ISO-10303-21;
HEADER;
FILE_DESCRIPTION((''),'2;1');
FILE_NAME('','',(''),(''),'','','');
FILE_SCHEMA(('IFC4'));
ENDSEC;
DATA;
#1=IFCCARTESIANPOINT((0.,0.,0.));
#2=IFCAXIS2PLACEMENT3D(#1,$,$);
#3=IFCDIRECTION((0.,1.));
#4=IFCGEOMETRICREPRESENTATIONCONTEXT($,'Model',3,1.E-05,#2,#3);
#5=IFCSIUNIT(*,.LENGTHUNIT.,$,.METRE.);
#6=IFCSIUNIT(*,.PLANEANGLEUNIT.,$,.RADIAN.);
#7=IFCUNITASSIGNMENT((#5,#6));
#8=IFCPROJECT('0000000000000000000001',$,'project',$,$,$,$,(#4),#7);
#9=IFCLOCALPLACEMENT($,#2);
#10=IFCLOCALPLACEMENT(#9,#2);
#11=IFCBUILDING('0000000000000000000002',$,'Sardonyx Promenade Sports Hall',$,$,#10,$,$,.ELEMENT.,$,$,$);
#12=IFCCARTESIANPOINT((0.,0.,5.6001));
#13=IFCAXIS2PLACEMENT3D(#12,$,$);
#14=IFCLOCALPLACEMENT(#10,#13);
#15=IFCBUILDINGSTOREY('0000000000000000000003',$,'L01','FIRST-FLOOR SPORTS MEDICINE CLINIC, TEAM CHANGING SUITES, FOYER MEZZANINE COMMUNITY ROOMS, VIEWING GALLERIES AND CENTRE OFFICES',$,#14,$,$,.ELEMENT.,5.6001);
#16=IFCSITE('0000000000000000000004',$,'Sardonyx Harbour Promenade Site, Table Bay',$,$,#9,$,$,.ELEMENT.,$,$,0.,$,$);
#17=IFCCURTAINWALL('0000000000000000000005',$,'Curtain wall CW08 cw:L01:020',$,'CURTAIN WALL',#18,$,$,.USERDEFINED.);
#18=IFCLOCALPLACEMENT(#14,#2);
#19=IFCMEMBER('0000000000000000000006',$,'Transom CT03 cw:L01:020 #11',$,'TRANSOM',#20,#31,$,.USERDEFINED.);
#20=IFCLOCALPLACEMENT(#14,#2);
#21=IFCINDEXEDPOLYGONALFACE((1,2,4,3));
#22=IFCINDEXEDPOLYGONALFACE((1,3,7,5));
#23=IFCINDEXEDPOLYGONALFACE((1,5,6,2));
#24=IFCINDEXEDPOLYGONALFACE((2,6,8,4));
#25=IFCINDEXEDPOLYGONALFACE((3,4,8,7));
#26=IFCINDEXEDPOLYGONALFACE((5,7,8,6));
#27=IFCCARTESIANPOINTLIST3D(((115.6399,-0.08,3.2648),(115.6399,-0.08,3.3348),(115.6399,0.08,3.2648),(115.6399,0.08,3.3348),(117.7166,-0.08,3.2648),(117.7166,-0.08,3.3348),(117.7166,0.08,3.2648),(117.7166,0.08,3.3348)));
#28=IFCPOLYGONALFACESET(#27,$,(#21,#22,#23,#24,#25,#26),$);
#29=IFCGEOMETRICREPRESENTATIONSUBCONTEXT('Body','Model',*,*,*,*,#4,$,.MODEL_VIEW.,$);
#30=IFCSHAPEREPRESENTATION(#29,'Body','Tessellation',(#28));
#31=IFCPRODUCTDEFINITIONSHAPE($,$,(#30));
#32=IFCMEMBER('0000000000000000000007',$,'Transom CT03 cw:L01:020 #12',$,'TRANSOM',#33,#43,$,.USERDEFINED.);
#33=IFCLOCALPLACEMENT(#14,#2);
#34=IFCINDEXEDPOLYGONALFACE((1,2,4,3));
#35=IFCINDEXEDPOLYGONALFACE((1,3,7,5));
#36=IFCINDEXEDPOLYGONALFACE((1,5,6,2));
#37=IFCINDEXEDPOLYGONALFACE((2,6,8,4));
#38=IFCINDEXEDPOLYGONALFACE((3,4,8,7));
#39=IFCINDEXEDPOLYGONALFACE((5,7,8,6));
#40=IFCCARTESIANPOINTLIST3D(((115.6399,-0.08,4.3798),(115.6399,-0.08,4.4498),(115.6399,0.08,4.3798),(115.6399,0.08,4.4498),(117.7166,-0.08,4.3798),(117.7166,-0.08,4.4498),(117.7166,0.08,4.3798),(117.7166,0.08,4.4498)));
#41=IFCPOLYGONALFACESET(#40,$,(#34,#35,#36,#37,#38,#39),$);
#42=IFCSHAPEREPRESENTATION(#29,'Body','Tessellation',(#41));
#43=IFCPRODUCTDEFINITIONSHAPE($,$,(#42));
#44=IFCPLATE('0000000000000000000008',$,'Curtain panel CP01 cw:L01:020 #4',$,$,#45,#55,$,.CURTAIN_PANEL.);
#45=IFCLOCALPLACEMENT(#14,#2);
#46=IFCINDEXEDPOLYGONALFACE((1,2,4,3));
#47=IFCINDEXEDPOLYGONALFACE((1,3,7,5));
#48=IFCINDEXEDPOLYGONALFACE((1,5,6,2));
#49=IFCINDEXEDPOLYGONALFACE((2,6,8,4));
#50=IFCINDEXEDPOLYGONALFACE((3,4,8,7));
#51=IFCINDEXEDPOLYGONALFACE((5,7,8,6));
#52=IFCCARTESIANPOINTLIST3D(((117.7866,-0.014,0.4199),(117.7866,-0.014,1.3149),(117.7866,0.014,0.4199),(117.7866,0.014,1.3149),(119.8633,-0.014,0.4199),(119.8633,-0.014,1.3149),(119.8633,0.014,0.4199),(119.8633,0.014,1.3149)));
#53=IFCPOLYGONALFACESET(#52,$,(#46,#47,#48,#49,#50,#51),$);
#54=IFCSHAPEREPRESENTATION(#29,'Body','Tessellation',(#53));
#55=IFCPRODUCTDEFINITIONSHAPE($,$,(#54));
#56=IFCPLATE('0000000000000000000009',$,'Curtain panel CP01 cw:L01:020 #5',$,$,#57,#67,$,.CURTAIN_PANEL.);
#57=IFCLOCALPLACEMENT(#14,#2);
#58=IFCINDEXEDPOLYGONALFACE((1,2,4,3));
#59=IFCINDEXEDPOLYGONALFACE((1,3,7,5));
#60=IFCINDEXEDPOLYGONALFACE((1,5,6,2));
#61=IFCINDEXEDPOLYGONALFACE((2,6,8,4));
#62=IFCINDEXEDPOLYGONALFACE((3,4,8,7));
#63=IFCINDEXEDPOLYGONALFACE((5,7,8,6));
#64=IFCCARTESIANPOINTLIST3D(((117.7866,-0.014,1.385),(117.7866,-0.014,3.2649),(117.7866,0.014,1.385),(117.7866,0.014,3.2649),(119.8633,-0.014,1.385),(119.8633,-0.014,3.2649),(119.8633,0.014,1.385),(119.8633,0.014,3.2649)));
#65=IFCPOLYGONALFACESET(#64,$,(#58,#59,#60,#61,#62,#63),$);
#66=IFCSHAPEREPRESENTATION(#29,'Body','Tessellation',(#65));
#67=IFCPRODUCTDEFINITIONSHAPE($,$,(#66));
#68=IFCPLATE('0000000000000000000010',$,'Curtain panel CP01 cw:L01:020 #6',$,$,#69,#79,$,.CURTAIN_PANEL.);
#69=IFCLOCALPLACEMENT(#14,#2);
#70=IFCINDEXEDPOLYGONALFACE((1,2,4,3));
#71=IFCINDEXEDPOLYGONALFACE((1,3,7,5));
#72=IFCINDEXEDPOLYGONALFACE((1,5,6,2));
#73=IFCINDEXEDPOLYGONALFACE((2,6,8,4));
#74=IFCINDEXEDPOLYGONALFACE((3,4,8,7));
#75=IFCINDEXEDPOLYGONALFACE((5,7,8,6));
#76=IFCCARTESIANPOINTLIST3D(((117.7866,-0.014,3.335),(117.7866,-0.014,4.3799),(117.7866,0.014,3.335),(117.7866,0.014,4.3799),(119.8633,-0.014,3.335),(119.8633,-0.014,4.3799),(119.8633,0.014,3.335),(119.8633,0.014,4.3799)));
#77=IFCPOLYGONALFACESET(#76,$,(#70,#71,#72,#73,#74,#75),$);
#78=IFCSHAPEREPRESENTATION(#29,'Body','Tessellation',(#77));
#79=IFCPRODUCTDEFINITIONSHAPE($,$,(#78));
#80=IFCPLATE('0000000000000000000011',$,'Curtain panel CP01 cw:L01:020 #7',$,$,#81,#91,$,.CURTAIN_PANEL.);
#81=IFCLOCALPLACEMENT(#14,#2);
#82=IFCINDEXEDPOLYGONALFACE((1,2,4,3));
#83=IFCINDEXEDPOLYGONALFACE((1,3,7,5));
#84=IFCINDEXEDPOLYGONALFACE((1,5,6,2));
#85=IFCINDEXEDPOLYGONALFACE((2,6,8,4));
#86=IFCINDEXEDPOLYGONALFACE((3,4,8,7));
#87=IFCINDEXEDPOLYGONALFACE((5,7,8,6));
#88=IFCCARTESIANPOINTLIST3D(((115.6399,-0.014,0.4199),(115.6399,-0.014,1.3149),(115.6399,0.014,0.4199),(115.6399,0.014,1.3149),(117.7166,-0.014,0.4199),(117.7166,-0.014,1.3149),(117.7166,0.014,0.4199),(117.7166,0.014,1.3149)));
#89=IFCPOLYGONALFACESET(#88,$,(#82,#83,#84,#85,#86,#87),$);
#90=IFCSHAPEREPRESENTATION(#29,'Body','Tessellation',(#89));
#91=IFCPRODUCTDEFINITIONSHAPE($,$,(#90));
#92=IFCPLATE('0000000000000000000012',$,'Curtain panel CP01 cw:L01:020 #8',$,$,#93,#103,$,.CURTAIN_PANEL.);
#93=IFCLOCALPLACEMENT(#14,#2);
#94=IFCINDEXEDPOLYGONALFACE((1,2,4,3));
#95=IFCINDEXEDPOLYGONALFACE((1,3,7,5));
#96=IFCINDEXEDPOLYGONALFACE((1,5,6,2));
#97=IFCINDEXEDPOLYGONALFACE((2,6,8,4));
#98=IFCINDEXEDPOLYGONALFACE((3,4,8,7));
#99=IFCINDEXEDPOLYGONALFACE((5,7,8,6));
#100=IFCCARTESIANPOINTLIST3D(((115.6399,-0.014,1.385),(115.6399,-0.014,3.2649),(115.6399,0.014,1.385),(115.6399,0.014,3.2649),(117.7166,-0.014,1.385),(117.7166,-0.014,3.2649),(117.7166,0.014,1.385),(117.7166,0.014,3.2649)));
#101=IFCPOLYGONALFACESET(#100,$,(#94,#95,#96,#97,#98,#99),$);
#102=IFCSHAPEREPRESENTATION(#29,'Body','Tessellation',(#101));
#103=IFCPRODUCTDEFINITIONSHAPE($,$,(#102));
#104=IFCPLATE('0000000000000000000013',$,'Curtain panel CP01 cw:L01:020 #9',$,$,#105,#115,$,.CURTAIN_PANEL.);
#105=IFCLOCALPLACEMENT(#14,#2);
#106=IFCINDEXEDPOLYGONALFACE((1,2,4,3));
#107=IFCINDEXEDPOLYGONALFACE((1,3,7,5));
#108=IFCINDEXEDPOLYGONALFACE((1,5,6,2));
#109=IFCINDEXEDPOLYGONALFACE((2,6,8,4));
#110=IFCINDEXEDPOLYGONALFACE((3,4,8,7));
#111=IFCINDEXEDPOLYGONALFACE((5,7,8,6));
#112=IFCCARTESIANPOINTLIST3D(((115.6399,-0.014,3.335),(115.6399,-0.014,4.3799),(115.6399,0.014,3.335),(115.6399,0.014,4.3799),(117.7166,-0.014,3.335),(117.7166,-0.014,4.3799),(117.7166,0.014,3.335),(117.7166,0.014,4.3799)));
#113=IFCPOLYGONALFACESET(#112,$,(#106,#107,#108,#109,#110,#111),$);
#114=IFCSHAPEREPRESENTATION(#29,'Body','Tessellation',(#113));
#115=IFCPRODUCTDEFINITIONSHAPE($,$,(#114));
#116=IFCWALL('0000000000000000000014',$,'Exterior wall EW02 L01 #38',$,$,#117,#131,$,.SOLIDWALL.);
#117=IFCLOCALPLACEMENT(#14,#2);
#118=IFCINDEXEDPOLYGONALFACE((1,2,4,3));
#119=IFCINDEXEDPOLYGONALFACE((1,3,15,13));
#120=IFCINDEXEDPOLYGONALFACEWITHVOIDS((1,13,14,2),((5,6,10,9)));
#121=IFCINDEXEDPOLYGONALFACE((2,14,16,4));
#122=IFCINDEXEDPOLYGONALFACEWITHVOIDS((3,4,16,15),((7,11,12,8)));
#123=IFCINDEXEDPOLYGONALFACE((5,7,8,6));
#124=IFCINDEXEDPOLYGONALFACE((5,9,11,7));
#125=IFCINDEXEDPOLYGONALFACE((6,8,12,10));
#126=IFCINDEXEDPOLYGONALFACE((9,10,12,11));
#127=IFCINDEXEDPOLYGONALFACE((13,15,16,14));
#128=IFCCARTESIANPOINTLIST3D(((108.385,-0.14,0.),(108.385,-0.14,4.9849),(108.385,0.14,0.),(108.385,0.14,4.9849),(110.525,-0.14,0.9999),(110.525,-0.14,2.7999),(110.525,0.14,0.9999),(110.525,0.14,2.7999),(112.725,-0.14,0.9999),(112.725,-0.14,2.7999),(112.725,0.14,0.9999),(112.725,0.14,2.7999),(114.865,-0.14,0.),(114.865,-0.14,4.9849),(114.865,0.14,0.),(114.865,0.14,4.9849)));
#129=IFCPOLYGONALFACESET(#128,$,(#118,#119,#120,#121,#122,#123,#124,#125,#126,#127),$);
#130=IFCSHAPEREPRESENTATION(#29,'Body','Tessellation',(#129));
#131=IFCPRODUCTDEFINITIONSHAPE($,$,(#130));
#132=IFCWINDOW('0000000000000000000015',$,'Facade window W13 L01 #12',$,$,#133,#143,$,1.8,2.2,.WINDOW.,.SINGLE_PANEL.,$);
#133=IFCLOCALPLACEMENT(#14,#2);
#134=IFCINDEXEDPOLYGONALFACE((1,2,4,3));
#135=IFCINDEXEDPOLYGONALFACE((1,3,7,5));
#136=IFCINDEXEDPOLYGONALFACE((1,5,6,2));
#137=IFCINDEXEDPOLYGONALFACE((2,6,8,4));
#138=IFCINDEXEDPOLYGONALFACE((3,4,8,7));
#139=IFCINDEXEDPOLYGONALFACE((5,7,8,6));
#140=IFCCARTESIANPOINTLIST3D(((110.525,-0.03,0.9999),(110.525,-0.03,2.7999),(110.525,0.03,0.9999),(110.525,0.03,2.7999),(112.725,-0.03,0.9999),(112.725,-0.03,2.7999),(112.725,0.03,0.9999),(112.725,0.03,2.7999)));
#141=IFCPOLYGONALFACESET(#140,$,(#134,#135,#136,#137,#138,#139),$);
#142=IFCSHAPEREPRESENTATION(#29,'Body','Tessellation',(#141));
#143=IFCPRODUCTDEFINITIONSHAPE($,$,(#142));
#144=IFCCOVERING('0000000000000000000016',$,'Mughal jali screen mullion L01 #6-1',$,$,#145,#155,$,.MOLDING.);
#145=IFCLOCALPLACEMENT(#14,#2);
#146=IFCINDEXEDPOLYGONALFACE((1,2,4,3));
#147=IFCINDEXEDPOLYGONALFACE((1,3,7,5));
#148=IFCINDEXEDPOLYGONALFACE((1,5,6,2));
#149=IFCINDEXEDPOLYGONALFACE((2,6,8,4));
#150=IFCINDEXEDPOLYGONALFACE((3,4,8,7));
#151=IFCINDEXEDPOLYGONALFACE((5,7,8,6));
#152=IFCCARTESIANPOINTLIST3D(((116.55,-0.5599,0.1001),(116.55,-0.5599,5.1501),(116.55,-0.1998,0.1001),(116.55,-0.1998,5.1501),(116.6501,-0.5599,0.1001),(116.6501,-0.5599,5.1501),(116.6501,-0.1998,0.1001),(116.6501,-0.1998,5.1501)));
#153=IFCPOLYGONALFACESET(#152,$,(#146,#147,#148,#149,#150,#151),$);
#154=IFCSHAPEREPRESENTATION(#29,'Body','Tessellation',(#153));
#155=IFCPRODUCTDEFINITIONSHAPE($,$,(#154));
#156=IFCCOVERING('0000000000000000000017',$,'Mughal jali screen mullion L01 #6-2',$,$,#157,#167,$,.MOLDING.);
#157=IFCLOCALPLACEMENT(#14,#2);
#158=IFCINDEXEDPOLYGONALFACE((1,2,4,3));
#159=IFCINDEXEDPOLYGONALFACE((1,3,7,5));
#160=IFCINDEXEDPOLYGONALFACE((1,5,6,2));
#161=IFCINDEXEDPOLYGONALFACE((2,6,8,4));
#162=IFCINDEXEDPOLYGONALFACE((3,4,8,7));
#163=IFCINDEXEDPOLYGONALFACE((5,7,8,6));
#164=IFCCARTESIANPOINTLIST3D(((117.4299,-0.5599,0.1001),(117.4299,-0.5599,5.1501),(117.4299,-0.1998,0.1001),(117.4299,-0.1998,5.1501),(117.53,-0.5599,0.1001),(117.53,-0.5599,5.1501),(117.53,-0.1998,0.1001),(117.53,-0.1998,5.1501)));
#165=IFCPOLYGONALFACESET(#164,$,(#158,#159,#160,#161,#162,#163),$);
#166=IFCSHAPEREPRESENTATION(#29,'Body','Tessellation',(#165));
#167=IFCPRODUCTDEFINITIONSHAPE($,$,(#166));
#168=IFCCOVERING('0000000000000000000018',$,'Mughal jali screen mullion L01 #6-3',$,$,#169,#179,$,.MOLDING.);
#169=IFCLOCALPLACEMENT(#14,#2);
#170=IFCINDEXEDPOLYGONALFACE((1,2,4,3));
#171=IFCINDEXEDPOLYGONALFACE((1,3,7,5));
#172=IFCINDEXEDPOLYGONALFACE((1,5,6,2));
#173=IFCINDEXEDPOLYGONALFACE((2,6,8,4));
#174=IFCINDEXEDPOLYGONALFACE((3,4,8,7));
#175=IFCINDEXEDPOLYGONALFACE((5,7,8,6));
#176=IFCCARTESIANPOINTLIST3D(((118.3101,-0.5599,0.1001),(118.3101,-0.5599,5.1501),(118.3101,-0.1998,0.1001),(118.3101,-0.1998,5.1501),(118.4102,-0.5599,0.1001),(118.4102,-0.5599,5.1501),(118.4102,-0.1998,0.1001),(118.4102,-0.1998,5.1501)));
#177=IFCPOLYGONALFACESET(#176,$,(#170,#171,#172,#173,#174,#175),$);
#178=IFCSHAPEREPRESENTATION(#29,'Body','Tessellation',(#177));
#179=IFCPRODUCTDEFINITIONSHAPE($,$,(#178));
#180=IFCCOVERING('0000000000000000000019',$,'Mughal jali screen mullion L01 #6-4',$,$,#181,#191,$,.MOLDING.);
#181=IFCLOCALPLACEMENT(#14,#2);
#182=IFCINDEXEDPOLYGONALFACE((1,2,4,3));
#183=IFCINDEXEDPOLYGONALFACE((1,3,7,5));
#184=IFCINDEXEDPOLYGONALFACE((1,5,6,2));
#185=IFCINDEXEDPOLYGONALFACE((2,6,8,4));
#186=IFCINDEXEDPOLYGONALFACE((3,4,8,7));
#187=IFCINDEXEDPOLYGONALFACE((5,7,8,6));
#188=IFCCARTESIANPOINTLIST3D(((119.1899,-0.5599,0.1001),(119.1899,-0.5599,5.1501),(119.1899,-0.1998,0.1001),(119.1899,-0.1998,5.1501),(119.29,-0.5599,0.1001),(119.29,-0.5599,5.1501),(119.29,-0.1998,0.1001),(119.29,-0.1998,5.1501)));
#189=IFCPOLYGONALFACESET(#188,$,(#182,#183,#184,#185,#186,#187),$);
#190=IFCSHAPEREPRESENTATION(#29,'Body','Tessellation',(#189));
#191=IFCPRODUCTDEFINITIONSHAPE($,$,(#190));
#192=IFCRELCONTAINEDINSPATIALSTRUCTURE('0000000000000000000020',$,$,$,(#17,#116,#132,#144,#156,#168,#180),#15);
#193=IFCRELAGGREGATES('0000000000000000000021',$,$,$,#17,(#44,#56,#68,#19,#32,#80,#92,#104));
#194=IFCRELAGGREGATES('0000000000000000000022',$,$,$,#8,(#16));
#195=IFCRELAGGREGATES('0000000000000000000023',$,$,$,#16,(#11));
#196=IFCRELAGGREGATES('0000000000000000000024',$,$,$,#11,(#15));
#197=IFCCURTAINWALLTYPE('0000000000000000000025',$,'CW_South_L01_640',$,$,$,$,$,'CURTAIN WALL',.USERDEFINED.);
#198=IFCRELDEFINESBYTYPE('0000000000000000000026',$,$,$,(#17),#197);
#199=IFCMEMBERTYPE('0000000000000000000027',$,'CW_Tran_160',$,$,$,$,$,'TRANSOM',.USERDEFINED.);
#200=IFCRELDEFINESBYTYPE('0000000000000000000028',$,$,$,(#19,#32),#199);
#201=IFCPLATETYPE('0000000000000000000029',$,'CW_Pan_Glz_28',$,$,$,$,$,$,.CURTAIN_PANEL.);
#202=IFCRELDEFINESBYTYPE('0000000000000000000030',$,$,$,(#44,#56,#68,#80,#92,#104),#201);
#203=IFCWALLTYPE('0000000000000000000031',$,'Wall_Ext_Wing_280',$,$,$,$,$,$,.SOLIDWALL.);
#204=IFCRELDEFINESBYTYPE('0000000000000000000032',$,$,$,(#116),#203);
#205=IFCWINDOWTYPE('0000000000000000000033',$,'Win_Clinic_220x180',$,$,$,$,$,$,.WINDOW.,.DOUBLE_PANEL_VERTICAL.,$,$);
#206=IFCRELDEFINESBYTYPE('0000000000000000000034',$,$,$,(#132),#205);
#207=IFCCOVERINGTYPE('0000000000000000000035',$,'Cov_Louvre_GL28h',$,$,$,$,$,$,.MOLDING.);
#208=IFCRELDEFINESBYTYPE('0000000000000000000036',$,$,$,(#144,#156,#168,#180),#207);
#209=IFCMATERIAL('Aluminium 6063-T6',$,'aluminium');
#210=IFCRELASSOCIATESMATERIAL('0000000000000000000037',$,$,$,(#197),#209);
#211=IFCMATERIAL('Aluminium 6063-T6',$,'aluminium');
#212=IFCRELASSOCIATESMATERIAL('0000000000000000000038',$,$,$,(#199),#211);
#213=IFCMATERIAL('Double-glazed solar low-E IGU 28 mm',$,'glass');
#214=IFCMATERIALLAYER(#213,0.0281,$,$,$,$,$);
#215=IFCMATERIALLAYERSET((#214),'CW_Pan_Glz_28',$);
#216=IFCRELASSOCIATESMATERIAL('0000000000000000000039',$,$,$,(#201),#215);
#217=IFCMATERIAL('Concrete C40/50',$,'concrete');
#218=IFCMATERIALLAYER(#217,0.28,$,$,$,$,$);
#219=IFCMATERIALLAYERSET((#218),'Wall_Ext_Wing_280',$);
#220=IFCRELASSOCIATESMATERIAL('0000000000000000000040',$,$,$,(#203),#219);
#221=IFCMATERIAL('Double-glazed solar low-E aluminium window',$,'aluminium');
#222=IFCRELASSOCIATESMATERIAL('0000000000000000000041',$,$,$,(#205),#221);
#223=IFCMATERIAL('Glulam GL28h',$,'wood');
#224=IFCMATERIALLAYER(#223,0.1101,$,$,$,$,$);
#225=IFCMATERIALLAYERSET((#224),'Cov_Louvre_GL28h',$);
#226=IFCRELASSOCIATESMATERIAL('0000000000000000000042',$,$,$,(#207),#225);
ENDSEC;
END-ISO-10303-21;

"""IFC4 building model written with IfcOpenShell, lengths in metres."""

from ifc_helpers import new_model, si_unit, direction, frame, frame_2d, origin, origin_2d, place, context, subcontext, project, spatial, rectangle, extrude, material, layer, layer_set, material_profile, profile_set, type_object, element, fill, aggregate, save


model = new_model("IFC4")

# Units and contexts
model_context = context("Model", 3, precision=1e-05, world=origin(), true_north=direction((0.0, 1.0)))
body_context = subcontext(model_context, "Body", "Model", "MODEL_VIEW")
ifc_project = project(units=[si_unit("LENGTHUNIT", "METRE"), si_unit("PLANEANGLEUNIT", "RADIAN")], contexts=[model_context])

# Site, building, storey
site_placement = place(None, origin())
site = spatial("IfcSite", under=ifc_project, at=site_placement, Name="Sardonyx Harbour Promenade Site, Table Bay", CompositionType="ELEMENT", RefElevation=0.0)
building_placement = place(site_placement, origin())
building = spatial("IfcBuilding", under=site, at=building_placement, Name="Sardonyx Promenade Sports Hall", CompositionType="ELEMENT")
storey_placement = place(building_placement, frame((0.0, 0.0, 5.6001)))
storey = spatial("IfcBuildingStorey", under=building, at=storey_placement, Name="L01", Description="FIRST-FLOOR SPORTS MEDICINE CLINIC, TEAM CHANGING SUITES, FOYER MEZZANINE COMMUNITY ROOMS, VIEWING GALLERIES AND CENTRE OFFICES", CompositionType="ELEMENT", Elevation=5.6001)

# Curtain wall, members, plates
ifc_material_1 = material(Name="Aluminium 6063-T6", Category="aluminium")
curtain_wall_type = type_object("IfcCurtainWallType", Name="CW_South_L01_640", ElementType="CURTAIN WALL", PredefinedType="USERDEFINED", material=ifc_material_1)
curtain_wall_placement = place(storey_placement, origin())
curtain_wall = element("IfcCurtainWall", 1, at=curtain_wall_placement, inside=storey, type_object=curtain_wall_type, Name="Curtain wall CW08 cw:L01:020", ObjectType="CURTAIN WALL", PredefinedType="USERDEFINED")
ifc_material_2 = material(Name="Aluminium 6063-T6", Category="aluminium")
ifc_material_profile_1 = material_profile(ifc_material_2, rectangle(XDim=0.0701, YDim=0.1599, at=origin_2d()))
ifc_profile_set_1 = profile_set([ifc_material_profile_1], Name="Aluminium 6063-T6")
member_type_1 = type_object("IfcMemberType", Name="CW_Tran_160", ElementType="TRANSOM", PredefinedType="USERDEFINED", material=ifc_profile_set_1)
member_1_placement = place(storey_placement, frame((117.7166, 0.0, 3.2998), z_axis=(-1.0, 0.0, 0.0), x_axis=(0.0, 0.0, 1.0)))
member_1 = element("IfcMember", 2, at=member_1_placement, type_object=member_type_1, Name="Transom CT03 cw:L01:020 #11", ObjectType="TRANSOM", PredefinedType="USERDEFINED", context=body_context, shape_type="SweptSolid", body=[
    extrude(rectangle(XDim=0.0701, YDim=0.1599, at=origin_2d()), origin(), (0.0, 0.0, 1.0), 2.0767),
])
member_2_placement = place(storey_placement, frame((117.7166, 0.0, 4.4148), z_axis=(-1.0, 0.0, 0.0), x_axis=(0.0, 0.0, 1.0)))
member_2 = element("IfcMember", 3, at=member_2_placement, type_object=member_type_1, Name="Transom CT03 cw:L01:020 #12", ObjectType="TRANSOM", PredefinedType="USERDEFINED", context=body_context, shape_type="SweptSolid", body=[
    extrude(rectangle(XDim=0.0701, YDim=0.1599, at=origin_2d()), origin(), (0.0, 0.0, 1.0), 2.0767),
])
ifc_material_3 = material(Name="Double-glazed solar low-E IGU 28 mm", Category="glass")
ifc_layer_1 = layer(ifc_material_3, 0.0281)
ifc_layer_set_1 = layer_set([ifc_layer_1], Name="CW_Pan_Glz_28")
plate_type = type_object("IfcPlateType", Name="CW_Pan_Glz_28", PredefinedType="CURTAIN_PANEL", material=ifc_layer_set_1)
plate_1_placement = place(storey_placement, frame((118.825, 0.0, 0.4199), z_axis=(0.0, 0.0, 1.0), x_axis=(-1.0, 0.0, 0.0)))
plate_1 = element("IfcPlate", 4, at=plate_1_placement, type_object=plate_type, Name="Curtain panel CP01 cw:L01:020 #4", PredefinedType="CURTAIN_PANEL", context=body_context, shape_type="SweptSolid", body=[
    extrude(rectangle(XDim=2.0767, YDim=0.0281, at=origin_2d()), origin(), (0.0, 0.0, 1.0), 0.895),
])
plate_2_placement = place(storey_placement, frame((118.825, 0.0, 1.385), z_axis=(0.0, 0.0, 1.0), x_axis=(-1.0, 0.0, 0.0)))
plate_2 = element("IfcPlate", 5, at=plate_2_placement, type_object=plate_type, Name="Curtain panel CP01 cw:L01:020 #5", PredefinedType="CURTAIN_PANEL", context=body_context, shape_type="SweptSolid", body=[
    extrude(rectangle(XDim=2.0767, YDim=0.0281, at=origin_2d()), origin(), (0.0, 0.0, 1.0), 1.8799),
])
plate_3_placement = place(storey_placement, frame((118.825, 0.0, 3.335), z_axis=(0.0, 0.0, 1.0), x_axis=(-1.0, 0.0, 0.0)))
plate_3 = element("IfcPlate", 6, at=plate_3_placement, type_object=plate_type, Name="Curtain panel CP01 cw:L01:020 #6", PredefinedType="CURTAIN_PANEL", context=body_context, shape_type="SweptSolid", body=[
    extrude(rectangle(XDim=2.0767, YDim=0.0281, at=origin_2d()), origin(), (0.0, 0.0, 1.0), 1.0449),
])
plate_4_placement = place(storey_placement, frame((116.6782, 0.0, 0.4199), z_axis=(0.0, 0.0, 1.0), x_axis=(-1.0, 0.0, 0.0)))
plate_4 = element("IfcPlate", 7, at=plate_4_placement, type_object=plate_type, Name="Curtain panel CP01 cw:L01:020 #7", PredefinedType="CURTAIN_PANEL", context=body_context, shape_type="SweptSolid", body=[
    extrude(rectangle(XDim=2.0767, YDim=0.0281, at=origin_2d()), origin(), (0.0, 0.0, 1.0), 0.895),
])
plate_5_placement = place(storey_placement, frame((116.6782, 0.0, 1.385), z_axis=(0.0, 0.0, 1.0), x_axis=(-1.0, 0.0, 0.0)))
plate_5 = element("IfcPlate", 8, at=plate_5_placement, type_object=plate_type, Name="Curtain panel CP01 cw:L01:020 #8", PredefinedType="CURTAIN_PANEL", context=body_context, shape_type="SweptSolid", body=[
    extrude(rectangle(XDim=2.0767, YDim=0.0281, at=origin_2d()), origin(), (0.0, 0.0, 1.0), 1.8799),
])
plate_6_placement = place(storey_placement, frame((116.6782, 0.0, 3.335), z_axis=(0.0, 0.0, 1.0), x_axis=(-1.0, 0.0, 0.0)))
plate_6 = element("IfcPlate", 9, at=plate_6_placement, type_object=plate_type, Name="Curtain panel CP01 cw:L01:020 #9", PredefinedType="CURTAIN_PANEL", context=body_context, shape_type="SweptSolid", body=[
    extrude(rectangle(XDim=2.0767, YDim=0.0281, at=origin_2d()), origin(), (0.0, 0.0, 1.0), 1.0449),
])
aggregate(curtain_wall, [plate_1, plate_2, plate_3, member_1, member_2, plate_4, plate_5, plate_6])

# Wall, opening, window
ifc_material_4 = material(Name="Concrete C40/50", Category="concrete")
ifc_layer_2 = layer(ifc_material_4, 0.28)
ifc_layer_set_2 = layer_set([ifc_layer_2], Name="Wall_Ext_Wing_280")
wall_type = type_object("IfcWallType", Name="Wall_Ext_Wing_280", PredefinedType="SOLIDWALL", material=ifc_layer_set_2)
wall_placement = place(storey_placement, frame((114.865, 0.0, 0.0), z_axis=(0.0, 0.0, 1.0), x_axis=(-1.0, 0.0, 0.0)))
wall = element("IfcWall", 10, at=wall_placement, inside=storey, type_object=wall_type, Name="Exterior wall EW02 L01 #38", PredefinedType="SOLIDWALL", context=body_context, shape_type="SweptSolid", body=[
    extrude(rectangle(XDim=6.48, YDim=0.28, at=frame_2d((3.24, 0.0))), origin(), (0.0, 0.0, 1.0), 4.9849),
])
opening_placement = place(wall_placement, frame((2.1399, 0.0, 1.0)))
opening = element("IfcOpeningElement", 11, at=opening_placement, cuts=wall, PredefinedType="OPENING", context=body_context, shape_type="SweptSolid", body=[
    extrude(rectangle(XDim=2.2, YDim=1.8, at=frame_2d((1.1001, 0.8999))), frame((0.0, 0.15, 0.0), z_axis=(0.0, -1.0, 0.0), x_axis=(1.0, 0.0, 0.0)), (0.0, 0.0, 1.0), 0.3),
])
ifc_material_5 = material(Name="Double-glazed solar low-E aluminium window", Category="aluminium")
window_type = type_object("IfcWindowType", Name="Win_Clinic_220x180", PartitioningType="DOUBLE_PANEL_VERTICAL", PredefinedType="WINDOW", material=ifc_material_5)
window_placement = place(opening_placement, origin())
window = element("IfcWindow", 12, at=window_placement, inside=storey, type_object=window_type, Name="Facade window W13 L01 #12", OverallHeight=1.8, OverallWidth=2.2, PartitioningType="SINGLE_PANEL", PredefinedType="WINDOW", context=body_context, shape_type="SweptSolid", body=[
    extrude(rectangle(XDim=2.2, YDim=1.8, at=frame_2d((1.1001, 0.8999))), frame((0.0, 0.03, 0.0), z_axis=(0.0, -1.0, 0.0), x_axis=(1.0, 0.0, 0.0)), (0.0, 0.0, 1.0), 0.0601),
])
fill(opening, window)

# Coverings
ifc_material_6 = material(Name="Glulam GL28h", Category="wood")
ifc_layer_3 = layer(ifc_material_6, 0.1101)
ifc_layer_set_3 = layer_set([ifc_layer_3], Name="Cov_Louvre_GL28h")
covering_type = type_object("IfcCoveringType", Name="Cov_Louvre_GL28h", PredefinedType="MOLDING", material=ifc_layer_set_3)
for number, where, z_axis, x_axis, name in (
    (13, (116.6001, -0.3799, 0.1001), (0.0, 0.0, 1.0), (1.0, 0.0, 0.0), "Mughal jali screen mullion L01 #6-1"),
    (14, (117.48, -0.3799, 0.1001), (0.0, 0.0, 1.0), (1.0, 0.0, 0.0), "Mughal jali screen mullion L01 #6-2"),
    (15, (118.3601, -0.3799, 0.1001), (0.0, 0.0, 1.0), (1.0, 0.0, 0.0), "Mughal jali screen mullion L01 #6-3"),
    (16, (119.24, -0.3799, 0.1001), (0.0, 0.0, 1.0), (1.0, 0.0, 0.0), "Mughal jali screen mullion L01 #6-4"),
):
    element("IfcCovering", number, at=place(storey_placement, frame(where, z_axis=z_axis, x_axis=x_axis)), inside=storey, type_object=covering_type, Name=name, PredefinedType="MOLDING", context=body_context, shape_type="SweptSolid", body=[
        extrude(rectangle(XDim=0.1001, YDim=0.3601, at=origin_2d()), origin(), (0.0, 0.0, 1.0), 5.05),
    ])

save(model, "model.ifc")
